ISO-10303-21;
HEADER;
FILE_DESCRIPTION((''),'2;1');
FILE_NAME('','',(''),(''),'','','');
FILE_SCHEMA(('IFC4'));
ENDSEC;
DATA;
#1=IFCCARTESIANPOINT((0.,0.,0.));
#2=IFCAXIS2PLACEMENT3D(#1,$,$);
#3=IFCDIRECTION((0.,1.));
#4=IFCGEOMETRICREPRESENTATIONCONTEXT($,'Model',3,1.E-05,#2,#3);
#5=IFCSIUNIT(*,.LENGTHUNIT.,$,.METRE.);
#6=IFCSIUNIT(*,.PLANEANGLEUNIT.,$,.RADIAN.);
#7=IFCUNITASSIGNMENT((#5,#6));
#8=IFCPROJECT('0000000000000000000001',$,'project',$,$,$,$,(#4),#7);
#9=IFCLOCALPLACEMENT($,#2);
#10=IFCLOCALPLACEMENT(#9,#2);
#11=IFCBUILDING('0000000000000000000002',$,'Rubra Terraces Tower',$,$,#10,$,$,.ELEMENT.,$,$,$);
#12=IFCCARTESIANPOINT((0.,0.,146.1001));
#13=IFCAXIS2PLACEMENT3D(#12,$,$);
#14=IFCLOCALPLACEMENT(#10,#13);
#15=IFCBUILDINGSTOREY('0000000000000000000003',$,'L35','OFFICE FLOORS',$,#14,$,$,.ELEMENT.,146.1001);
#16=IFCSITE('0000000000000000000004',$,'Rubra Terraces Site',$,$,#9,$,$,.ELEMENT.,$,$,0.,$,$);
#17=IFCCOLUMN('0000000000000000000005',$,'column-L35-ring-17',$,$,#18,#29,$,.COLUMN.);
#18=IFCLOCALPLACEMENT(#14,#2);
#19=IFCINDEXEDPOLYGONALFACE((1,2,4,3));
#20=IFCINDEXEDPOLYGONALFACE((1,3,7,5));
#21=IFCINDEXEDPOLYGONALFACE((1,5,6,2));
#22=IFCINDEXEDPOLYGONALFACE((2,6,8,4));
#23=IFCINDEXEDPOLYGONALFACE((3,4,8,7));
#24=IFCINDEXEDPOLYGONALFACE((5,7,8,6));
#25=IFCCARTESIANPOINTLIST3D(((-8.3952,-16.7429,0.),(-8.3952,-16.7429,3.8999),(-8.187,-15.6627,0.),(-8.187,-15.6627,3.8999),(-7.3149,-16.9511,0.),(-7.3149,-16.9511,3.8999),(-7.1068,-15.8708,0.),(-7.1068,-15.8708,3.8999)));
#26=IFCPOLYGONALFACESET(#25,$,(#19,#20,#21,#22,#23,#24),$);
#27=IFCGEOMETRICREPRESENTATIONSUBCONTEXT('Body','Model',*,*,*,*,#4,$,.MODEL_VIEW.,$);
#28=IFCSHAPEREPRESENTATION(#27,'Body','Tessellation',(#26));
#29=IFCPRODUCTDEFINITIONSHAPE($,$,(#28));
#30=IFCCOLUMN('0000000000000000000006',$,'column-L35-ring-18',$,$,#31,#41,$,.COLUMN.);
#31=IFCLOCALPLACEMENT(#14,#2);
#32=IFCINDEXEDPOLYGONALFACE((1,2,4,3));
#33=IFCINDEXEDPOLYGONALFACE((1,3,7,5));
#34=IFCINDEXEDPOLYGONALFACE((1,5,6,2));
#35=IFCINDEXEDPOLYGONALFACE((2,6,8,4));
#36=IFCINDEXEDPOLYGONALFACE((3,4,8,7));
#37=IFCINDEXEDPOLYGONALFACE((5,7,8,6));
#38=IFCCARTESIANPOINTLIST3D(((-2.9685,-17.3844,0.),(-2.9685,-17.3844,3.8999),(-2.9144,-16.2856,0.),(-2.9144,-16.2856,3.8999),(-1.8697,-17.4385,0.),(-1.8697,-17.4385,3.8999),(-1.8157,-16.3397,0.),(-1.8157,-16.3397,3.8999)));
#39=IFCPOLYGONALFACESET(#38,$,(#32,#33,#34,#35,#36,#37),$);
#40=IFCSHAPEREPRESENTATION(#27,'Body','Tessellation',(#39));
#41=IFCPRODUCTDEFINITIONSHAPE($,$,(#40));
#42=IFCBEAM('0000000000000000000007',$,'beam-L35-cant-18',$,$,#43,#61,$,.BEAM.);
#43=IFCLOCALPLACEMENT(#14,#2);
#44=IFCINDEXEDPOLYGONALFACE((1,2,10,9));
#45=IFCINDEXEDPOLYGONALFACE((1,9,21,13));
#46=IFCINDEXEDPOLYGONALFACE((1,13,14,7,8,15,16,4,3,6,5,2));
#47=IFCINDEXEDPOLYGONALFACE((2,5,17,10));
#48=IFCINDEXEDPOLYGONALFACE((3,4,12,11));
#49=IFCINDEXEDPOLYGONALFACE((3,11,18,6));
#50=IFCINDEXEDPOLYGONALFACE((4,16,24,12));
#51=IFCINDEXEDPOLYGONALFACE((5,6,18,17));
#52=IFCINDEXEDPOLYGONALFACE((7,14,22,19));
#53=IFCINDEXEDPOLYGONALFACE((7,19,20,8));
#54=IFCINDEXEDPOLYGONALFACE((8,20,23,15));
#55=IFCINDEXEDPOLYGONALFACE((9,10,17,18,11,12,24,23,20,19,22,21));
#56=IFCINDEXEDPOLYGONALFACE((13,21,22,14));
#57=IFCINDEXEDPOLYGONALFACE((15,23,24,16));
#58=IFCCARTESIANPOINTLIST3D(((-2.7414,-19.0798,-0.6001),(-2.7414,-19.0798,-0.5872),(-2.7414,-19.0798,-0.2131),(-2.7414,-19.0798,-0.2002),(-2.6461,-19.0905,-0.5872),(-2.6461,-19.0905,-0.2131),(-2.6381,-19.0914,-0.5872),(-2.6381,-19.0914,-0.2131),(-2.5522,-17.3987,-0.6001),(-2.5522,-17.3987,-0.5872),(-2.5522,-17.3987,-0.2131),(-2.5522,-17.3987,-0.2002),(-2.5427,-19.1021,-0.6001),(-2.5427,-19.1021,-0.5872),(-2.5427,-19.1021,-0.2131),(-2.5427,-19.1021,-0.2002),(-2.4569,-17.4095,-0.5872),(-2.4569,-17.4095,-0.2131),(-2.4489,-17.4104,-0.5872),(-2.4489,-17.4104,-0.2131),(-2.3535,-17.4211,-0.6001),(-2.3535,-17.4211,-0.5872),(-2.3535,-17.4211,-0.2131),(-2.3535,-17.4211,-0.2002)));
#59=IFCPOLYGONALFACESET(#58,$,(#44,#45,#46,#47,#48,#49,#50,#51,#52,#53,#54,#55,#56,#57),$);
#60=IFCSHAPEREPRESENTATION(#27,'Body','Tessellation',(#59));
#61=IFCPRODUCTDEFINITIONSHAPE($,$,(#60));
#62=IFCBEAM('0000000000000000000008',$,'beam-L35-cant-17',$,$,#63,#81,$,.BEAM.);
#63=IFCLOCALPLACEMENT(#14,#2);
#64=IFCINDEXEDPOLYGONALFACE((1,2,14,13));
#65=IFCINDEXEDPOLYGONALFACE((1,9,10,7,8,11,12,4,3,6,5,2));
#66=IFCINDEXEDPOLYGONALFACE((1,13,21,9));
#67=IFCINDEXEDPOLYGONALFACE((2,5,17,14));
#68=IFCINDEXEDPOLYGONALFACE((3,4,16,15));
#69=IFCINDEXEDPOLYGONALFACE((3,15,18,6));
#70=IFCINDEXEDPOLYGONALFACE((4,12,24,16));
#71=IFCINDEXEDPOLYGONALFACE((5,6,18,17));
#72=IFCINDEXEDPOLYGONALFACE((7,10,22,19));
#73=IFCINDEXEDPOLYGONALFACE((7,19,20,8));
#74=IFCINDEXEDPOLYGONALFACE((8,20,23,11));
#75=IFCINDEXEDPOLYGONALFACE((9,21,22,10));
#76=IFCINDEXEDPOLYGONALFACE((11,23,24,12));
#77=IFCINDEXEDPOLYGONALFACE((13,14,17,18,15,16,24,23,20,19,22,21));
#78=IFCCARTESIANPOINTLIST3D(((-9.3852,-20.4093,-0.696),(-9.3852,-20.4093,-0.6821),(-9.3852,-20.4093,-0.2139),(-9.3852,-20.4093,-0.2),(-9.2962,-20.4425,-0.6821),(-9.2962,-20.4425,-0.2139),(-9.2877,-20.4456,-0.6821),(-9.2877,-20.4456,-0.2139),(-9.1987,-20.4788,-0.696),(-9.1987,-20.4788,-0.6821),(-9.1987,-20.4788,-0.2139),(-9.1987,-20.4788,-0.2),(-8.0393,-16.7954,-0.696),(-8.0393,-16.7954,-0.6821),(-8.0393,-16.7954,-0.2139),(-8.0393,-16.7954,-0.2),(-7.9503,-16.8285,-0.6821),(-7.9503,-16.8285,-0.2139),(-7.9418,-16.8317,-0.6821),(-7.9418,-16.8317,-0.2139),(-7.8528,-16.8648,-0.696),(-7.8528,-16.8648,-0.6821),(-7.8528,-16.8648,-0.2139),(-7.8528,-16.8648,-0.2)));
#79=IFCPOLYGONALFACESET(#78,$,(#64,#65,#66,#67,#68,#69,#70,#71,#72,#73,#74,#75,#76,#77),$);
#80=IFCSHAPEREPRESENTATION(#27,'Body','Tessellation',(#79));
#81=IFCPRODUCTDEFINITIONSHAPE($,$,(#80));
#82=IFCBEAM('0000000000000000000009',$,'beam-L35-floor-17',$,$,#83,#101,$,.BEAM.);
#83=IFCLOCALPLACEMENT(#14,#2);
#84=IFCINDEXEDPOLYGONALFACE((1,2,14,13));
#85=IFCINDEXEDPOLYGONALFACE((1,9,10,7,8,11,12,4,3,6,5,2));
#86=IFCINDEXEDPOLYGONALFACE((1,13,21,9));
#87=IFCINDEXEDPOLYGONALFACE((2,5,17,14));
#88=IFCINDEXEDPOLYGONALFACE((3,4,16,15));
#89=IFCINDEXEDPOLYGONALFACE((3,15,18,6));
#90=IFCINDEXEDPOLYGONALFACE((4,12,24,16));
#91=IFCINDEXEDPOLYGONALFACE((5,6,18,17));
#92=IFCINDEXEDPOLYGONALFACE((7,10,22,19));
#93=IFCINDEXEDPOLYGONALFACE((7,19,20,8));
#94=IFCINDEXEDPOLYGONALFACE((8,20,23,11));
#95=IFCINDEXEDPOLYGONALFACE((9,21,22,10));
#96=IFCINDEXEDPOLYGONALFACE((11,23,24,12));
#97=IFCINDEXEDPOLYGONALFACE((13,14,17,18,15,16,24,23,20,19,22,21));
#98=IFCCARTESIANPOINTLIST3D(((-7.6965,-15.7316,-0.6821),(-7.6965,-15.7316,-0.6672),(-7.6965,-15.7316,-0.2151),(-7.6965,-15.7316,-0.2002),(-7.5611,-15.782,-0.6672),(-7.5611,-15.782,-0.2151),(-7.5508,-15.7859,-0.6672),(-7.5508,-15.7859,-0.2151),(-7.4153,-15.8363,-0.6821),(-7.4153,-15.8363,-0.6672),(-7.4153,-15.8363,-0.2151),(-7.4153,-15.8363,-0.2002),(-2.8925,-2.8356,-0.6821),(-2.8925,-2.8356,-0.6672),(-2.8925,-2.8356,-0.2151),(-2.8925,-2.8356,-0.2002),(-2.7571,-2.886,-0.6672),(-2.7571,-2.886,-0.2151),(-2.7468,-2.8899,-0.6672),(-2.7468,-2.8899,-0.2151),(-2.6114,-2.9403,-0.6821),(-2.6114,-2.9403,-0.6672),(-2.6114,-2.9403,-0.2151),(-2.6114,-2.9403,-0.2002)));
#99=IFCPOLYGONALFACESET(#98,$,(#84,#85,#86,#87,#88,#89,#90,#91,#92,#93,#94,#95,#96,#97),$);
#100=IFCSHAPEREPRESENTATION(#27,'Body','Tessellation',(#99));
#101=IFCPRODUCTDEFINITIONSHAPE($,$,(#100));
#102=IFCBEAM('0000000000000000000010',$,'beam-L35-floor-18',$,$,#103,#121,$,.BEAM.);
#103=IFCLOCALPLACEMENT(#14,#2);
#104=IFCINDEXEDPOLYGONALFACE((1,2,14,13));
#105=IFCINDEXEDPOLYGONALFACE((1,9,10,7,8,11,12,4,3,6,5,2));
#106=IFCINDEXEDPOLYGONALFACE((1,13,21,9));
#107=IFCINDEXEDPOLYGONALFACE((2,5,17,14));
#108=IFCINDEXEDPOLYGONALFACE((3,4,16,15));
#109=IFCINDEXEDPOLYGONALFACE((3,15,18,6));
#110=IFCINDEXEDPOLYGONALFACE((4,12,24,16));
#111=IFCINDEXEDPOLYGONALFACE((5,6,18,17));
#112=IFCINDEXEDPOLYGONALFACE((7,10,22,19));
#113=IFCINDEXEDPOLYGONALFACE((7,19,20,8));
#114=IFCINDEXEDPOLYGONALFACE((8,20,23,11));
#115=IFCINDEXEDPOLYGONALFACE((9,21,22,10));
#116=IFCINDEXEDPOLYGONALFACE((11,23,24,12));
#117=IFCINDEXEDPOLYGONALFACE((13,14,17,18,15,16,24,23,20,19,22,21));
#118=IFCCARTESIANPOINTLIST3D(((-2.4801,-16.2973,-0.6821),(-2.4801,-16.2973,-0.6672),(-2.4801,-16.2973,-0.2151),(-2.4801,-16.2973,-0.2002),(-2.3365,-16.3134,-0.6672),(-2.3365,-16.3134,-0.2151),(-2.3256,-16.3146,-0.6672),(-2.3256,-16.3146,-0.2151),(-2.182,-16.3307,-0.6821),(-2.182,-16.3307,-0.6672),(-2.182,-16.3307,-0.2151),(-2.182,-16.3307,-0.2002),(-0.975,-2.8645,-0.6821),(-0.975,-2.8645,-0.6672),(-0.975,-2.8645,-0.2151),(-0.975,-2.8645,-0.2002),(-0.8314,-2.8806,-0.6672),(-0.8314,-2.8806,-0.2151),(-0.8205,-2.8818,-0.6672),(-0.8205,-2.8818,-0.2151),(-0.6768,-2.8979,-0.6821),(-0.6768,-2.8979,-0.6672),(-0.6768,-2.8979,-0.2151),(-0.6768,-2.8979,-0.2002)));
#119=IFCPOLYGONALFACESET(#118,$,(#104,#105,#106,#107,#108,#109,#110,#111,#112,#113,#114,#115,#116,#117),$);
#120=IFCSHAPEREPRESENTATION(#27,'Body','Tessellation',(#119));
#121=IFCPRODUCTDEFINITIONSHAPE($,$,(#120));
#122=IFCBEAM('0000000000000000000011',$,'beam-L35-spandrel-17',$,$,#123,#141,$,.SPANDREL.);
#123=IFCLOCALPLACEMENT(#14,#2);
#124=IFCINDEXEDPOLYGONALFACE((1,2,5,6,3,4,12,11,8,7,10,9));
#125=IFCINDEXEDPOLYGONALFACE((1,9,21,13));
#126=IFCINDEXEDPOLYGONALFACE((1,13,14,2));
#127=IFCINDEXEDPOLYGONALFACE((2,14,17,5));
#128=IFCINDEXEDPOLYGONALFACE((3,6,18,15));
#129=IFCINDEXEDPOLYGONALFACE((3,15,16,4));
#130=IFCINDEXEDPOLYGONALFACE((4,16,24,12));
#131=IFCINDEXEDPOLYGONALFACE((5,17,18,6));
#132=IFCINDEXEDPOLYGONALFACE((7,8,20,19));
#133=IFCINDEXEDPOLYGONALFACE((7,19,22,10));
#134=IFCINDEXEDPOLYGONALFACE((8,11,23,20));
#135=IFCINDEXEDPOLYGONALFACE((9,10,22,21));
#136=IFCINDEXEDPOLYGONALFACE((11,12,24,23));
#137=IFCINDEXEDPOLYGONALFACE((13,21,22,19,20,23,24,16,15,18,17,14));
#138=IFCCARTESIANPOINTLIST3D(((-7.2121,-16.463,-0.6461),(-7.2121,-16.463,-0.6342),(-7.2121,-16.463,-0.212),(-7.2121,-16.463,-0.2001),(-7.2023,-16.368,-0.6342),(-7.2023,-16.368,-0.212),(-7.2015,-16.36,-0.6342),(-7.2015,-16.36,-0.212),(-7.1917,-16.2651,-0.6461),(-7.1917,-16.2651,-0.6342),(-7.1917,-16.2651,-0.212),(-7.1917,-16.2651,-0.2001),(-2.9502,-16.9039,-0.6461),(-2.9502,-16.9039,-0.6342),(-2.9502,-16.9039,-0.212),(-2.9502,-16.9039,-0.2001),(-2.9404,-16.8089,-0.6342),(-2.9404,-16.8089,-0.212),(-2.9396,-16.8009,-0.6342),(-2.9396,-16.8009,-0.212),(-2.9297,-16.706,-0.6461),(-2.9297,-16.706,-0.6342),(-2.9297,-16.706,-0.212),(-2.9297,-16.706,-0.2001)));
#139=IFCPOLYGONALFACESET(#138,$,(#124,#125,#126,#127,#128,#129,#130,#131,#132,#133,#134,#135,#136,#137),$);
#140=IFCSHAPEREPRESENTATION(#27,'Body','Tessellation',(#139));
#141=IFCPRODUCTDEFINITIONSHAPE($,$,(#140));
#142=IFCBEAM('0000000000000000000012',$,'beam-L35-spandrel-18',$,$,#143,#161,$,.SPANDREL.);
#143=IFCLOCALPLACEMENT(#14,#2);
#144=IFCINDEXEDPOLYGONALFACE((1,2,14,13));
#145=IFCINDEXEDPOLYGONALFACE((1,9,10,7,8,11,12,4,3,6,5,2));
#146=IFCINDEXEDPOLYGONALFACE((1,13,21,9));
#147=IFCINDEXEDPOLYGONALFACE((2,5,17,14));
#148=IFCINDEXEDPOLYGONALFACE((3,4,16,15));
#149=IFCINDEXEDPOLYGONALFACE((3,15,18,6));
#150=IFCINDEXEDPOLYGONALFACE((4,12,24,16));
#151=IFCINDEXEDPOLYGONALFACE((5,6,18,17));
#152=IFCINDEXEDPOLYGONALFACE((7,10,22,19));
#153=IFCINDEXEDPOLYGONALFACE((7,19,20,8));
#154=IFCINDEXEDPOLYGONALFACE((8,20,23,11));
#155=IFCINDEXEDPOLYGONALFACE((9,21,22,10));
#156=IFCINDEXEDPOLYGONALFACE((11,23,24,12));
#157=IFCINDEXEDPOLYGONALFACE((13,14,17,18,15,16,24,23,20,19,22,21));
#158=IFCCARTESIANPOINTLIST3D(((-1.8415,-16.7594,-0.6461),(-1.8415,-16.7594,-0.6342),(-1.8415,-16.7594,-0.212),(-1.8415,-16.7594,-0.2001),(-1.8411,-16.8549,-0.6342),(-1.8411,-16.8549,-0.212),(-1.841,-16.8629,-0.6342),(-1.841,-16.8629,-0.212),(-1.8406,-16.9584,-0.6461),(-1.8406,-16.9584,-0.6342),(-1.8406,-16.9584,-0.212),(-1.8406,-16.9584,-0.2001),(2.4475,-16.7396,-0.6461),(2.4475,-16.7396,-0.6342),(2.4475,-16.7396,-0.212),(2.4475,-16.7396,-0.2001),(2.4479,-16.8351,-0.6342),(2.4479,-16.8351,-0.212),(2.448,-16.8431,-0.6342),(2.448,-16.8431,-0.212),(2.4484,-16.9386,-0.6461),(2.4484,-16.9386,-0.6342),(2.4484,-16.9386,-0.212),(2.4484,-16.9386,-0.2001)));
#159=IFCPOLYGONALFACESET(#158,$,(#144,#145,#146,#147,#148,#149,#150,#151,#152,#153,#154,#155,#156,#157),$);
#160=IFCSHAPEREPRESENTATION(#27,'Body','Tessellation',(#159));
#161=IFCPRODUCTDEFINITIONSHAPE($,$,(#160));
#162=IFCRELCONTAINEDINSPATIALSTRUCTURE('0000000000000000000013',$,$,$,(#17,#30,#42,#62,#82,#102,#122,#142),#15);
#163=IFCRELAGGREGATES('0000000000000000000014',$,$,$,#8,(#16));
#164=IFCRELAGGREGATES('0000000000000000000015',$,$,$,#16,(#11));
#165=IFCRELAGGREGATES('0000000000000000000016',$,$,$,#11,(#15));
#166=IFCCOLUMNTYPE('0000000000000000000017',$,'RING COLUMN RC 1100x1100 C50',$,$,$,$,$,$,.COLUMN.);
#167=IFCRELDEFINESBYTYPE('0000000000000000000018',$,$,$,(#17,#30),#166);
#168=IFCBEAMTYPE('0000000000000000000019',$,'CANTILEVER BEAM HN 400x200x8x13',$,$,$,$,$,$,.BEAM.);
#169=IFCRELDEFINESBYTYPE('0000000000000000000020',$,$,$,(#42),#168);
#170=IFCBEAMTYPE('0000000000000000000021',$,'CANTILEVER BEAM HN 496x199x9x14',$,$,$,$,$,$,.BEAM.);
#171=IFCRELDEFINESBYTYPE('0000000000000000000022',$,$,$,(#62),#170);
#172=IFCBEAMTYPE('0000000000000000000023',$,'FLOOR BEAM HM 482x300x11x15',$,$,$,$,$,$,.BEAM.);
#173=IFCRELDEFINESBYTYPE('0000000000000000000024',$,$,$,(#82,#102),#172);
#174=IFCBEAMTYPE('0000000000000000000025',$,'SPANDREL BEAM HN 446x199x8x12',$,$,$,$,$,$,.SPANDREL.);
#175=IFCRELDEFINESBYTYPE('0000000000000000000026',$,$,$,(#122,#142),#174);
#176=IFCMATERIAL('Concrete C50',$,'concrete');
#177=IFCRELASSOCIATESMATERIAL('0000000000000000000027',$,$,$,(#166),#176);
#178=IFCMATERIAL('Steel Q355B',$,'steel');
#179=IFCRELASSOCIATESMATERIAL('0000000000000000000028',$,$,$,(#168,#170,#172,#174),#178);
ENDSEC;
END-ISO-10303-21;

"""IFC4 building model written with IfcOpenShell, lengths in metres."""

from ifc_helpers import new_model, si_unit, direction, frame, origin, origin_2d, place, context, subcontext, project, spatial, rectangle, i_section, extrude, material, material_profile, profile_set, type_object, element, save


model = new_model("IFC4")

# Units and contexts
model_context = context("Model", 3, precision=1e-05, world=origin(), true_north=direction((0.0, 1.0)))
body_context = subcontext(model_context, "Body", "Model", "MODEL_VIEW")
ifc_project = project(units=[si_unit("LENGTHUNIT", "METRE"), si_unit("PLANEANGLEUNIT", "RADIAN")], contexts=[model_context])

# Site, building, storey
site_placement = place(None, origin())
site = spatial("IfcSite", under=ifc_project, at=site_placement, Name="Rubra Terraces Site", CompositionType="ELEMENT", RefElevation=0.0)
building_placement = place(site_placement, origin())
building = spatial("IfcBuilding", under=site, at=building_placement, Name="Rubra Terraces Tower", CompositionType="ELEMENT")
storey_placement = place(building_placement, frame((0.0, 0.0, 146.1001)))
storey = spatial("IfcBuildingStorey", under=building, at=storey_placement, Name="L35", Description="OFFICE FLOORS", CompositionType="ELEMENT", Elevation=146.1001)

# Columns
ifc_material_1 = material(Name="Concrete C50", Category="concrete")
ifc_material_profile_1 = material_profile(ifc_material_1, rectangle(XDim=1.1001, YDim=1.1001, at=origin_2d()), Name="RC 1100x1100")
ifc_profile_set_1 = profile_set([ifc_material_profile_1], Name="Concrete C50")
column_type = type_object("IfcColumnType", Name="RING COLUMN RC 1100x1100 C50", PredefinedType="COLUMN", material=ifc_profile_set_1)
for number, where, z_axis, x_axis, name in (
    (1, (-7.751, -16.3069, 0.0), (0.0, 0.0, 1.0), (0.981937, -0.18921, 0.0), "column-L35-ring-17"),
    (2, (-2.3921, -16.8621, 0.0), (0.0, 0.0, 1.0), (0.998791, -0.04915, 0.0), "column-L35-ring-18"),
):
    element("IfcColumn", number, at=place(storey_placement, frame(where, z_axis=z_axis, x_axis=x_axis)), inside=storey, type_object=column_type, Name=name, PredefinedType="COLUMN", context=body_context, shape_type="SweptSolid", body=[
        extrude(rectangle(XDim=1.1001, YDim=1.1001, at=origin_2d()), origin(), (0.0, 0.0, 1.0), 3.8999),
    ])

# Beams
ifc_material_2 = material(Name="Steel Q355B", Category="steel")
ifc_material_profile_2 = material_profile(ifc_material_2, i_section(OverallWidth=0.2, OverallDepth=0.3999, WebThickness=0.0081, FlangeThickness=0.0129, at=origin_2d()), Name="HN 400x200x8x13")
ifc_profile_set_2 = profile_set([ifc_material_profile_2], Name="Steel Q355B")
beam_type_1 = type_object("IfcBeamType", Name="CANTILEVER BEAM HN 400x200x8x13", PredefinedType="BEAM", material=ifc_profile_set_2)
beam_1_placement = place(storey_placement, frame((-2.4529, -17.4099, -0.4001), z_axis=(-0.111841, -0.993726, 0.0), x_axis=(0.993726, -0.111841, 0.0)))
element("IfcBeam", 3, at=beam_1_placement, inside=storey, type_object=beam_type_1, Name="beam-L35-cant-18", PredefinedType="BEAM", context=body_context, shape_type="SweptSolid", body=[
    extrude(i_section(OverallWidth=0.2, OverallDepth=0.3999, WebThickness=0.0081, FlangeThickness=0.0129, at=origin_2d()), origin(), (0.0, 0.0, 1.0), 1.6917),
])
ifc_material_profile_3 = material_profile(ifc_material_2, i_section(OverallWidth=0.199, OverallDepth=0.4961, WebThickness=0.009, FlangeThickness=0.0139, at=origin_2d()), Name="HN 496x199x9x14")
ifc_profile_set_3 = profile_set([ifc_material_profile_3], Name="Steel Q355B")
beam_type_2 = type_object("IfcBeamType", Name="CANTILEVER BEAM HN 496x199x9x14", PredefinedType="BEAM", material=ifc_profile_set_3)
beam_2_placement = place(storey_placement, frame((-7.946, -16.8301, -0.448), z_axis=(-0.349007, -0.93712, 0.0), x_axis=(0.93712, -0.349007, 0.0)))
element("IfcBeam", 4, at=beam_2_placement, inside=storey, type_object=beam_type_2, Name="beam-L35-cant-17", PredefinedType="BEAM", context=body_context, shape_type="SweptSolid", body=[
    extrude(i_section(OverallWidth=0.199, OverallDepth=0.4961, WebThickness=0.009, FlangeThickness=0.0139, at=origin_2d()), origin(), (0.0, 0.0, 1.0), 3.8564),
])
ifc_material_profile_4 = material_profile(ifc_material_2, i_section(OverallWidth=0.3, OverallDepth=0.4819, WebThickness=0.011, FlangeThickness=0.0149, at=origin_2d()), Name="HM 482x300x11x15")
ifc_profile_set_4 = profile_set([ifc_material_profile_4], Name="Steel Q355B")
beam_type_3 = type_object("IfcBeamType", Name="FLOOR BEAM HM 482x300x11x15", PredefinedType="BEAM", material=ifc_profile_set_4)
beam_3_placement = place(storey_placement, frame((-7.5559, -15.7839, -0.4412), z_axis=(0.349081, 0.937092, 0.0), x_axis=(-0.937092, 0.349081, 0.0)))
element("IfcBeam", 5, at=beam_3_placement, inside=storey, type_object=beam_type_3, Name="beam-L35-floor-17", PredefinedType="BEAM", context=body_context, shape_type="SweptSolid", body=[
    extrude(i_section(OverallWidth=0.3, OverallDepth=0.4819, WebThickness=0.011, FlangeThickness=0.0149, at=origin_2d()), origin(), (0.0, 0.0, 1.0), 13.7617),
])
beam_4_placement = place(storey_placement, frame((-2.3311, -16.314, -0.4412), z_axis=(0.111351, 0.993781, 0.0), x_axis=(-0.993781, 0.111351, 0.0)))
element("IfcBeam", 6, at=beam_4_placement, inside=storey, type_object=beam_type_3, Name="beam-L35-floor-18", PredefinedType="BEAM", context=body_context, shape_type="SweptSolid", body=[
    extrude(i_section(OverallWidth=0.3, OverallDepth=0.4819, WebThickness=0.011, FlangeThickness=0.0149, at=origin_2d()), origin(), (0.0, 0.0, 1.0), 13.5168),
])
ifc_material_profile_5 = material_profile(ifc_material_2, i_section(OverallWidth=0.199, OverallDepth=0.446, WebThickness=0.0081, FlangeThickness=0.012, at=origin_2d()), Name="HN 446x199x8x12")
ifc_profile_set_5 = profile_set([ifc_material_profile_5], Name="Steel Q355B")
beam_type_4 = type_object("IfcBeamType", Name="SPANDREL BEAM HN 446x199x8x12", PredefinedType="SPANDREL", material=ifc_profile_set_5)
beam_5_placement = place(storey_placement, frame((-7.2019, -16.364, -0.4231), z_axis=(0.994691, -0.102905, 0.0), x_axis=(0.102905, 0.994691, 0.0)))
element("IfcBeam", 7, at=beam_5_placement, inside=storey, type_object=beam_type_4, Name="beam-L35-spandrel-17", PredefinedType="SPANDREL", context=body_context, shape_type="SweptSolid", body=[
    extrude(i_section(OverallWidth=0.199, OverallDepth=0.446, WebThickness=0.0081, FlangeThickness=0.012, at=origin_2d()), origin(), (0.0, 0.0, 1.0), 4.2847),
])
beam_6_placement = place(storey_placement, frame((-1.8411, -16.8589, -0.4231), z_axis=(0.999989, 0.004611, 0.0), x_axis=(-0.004611, 0.999989, 0.0)))
element("IfcBeam", 8, at=beam_6_placement, inside=storey, type_object=beam_type_4, Name="beam-L35-spandrel-18", PredefinedType="SPANDREL", context=body_context, shape_type="SweptSolid", body=[
    extrude(i_section(OverallWidth=0.199, OverallDepth=0.446, WebThickness=0.0081, FlangeThickness=0.012, at=origin_2d()), origin(), (0.0, 0.0, 1.0), 4.2891),
])

save(model, "model.ifc")
